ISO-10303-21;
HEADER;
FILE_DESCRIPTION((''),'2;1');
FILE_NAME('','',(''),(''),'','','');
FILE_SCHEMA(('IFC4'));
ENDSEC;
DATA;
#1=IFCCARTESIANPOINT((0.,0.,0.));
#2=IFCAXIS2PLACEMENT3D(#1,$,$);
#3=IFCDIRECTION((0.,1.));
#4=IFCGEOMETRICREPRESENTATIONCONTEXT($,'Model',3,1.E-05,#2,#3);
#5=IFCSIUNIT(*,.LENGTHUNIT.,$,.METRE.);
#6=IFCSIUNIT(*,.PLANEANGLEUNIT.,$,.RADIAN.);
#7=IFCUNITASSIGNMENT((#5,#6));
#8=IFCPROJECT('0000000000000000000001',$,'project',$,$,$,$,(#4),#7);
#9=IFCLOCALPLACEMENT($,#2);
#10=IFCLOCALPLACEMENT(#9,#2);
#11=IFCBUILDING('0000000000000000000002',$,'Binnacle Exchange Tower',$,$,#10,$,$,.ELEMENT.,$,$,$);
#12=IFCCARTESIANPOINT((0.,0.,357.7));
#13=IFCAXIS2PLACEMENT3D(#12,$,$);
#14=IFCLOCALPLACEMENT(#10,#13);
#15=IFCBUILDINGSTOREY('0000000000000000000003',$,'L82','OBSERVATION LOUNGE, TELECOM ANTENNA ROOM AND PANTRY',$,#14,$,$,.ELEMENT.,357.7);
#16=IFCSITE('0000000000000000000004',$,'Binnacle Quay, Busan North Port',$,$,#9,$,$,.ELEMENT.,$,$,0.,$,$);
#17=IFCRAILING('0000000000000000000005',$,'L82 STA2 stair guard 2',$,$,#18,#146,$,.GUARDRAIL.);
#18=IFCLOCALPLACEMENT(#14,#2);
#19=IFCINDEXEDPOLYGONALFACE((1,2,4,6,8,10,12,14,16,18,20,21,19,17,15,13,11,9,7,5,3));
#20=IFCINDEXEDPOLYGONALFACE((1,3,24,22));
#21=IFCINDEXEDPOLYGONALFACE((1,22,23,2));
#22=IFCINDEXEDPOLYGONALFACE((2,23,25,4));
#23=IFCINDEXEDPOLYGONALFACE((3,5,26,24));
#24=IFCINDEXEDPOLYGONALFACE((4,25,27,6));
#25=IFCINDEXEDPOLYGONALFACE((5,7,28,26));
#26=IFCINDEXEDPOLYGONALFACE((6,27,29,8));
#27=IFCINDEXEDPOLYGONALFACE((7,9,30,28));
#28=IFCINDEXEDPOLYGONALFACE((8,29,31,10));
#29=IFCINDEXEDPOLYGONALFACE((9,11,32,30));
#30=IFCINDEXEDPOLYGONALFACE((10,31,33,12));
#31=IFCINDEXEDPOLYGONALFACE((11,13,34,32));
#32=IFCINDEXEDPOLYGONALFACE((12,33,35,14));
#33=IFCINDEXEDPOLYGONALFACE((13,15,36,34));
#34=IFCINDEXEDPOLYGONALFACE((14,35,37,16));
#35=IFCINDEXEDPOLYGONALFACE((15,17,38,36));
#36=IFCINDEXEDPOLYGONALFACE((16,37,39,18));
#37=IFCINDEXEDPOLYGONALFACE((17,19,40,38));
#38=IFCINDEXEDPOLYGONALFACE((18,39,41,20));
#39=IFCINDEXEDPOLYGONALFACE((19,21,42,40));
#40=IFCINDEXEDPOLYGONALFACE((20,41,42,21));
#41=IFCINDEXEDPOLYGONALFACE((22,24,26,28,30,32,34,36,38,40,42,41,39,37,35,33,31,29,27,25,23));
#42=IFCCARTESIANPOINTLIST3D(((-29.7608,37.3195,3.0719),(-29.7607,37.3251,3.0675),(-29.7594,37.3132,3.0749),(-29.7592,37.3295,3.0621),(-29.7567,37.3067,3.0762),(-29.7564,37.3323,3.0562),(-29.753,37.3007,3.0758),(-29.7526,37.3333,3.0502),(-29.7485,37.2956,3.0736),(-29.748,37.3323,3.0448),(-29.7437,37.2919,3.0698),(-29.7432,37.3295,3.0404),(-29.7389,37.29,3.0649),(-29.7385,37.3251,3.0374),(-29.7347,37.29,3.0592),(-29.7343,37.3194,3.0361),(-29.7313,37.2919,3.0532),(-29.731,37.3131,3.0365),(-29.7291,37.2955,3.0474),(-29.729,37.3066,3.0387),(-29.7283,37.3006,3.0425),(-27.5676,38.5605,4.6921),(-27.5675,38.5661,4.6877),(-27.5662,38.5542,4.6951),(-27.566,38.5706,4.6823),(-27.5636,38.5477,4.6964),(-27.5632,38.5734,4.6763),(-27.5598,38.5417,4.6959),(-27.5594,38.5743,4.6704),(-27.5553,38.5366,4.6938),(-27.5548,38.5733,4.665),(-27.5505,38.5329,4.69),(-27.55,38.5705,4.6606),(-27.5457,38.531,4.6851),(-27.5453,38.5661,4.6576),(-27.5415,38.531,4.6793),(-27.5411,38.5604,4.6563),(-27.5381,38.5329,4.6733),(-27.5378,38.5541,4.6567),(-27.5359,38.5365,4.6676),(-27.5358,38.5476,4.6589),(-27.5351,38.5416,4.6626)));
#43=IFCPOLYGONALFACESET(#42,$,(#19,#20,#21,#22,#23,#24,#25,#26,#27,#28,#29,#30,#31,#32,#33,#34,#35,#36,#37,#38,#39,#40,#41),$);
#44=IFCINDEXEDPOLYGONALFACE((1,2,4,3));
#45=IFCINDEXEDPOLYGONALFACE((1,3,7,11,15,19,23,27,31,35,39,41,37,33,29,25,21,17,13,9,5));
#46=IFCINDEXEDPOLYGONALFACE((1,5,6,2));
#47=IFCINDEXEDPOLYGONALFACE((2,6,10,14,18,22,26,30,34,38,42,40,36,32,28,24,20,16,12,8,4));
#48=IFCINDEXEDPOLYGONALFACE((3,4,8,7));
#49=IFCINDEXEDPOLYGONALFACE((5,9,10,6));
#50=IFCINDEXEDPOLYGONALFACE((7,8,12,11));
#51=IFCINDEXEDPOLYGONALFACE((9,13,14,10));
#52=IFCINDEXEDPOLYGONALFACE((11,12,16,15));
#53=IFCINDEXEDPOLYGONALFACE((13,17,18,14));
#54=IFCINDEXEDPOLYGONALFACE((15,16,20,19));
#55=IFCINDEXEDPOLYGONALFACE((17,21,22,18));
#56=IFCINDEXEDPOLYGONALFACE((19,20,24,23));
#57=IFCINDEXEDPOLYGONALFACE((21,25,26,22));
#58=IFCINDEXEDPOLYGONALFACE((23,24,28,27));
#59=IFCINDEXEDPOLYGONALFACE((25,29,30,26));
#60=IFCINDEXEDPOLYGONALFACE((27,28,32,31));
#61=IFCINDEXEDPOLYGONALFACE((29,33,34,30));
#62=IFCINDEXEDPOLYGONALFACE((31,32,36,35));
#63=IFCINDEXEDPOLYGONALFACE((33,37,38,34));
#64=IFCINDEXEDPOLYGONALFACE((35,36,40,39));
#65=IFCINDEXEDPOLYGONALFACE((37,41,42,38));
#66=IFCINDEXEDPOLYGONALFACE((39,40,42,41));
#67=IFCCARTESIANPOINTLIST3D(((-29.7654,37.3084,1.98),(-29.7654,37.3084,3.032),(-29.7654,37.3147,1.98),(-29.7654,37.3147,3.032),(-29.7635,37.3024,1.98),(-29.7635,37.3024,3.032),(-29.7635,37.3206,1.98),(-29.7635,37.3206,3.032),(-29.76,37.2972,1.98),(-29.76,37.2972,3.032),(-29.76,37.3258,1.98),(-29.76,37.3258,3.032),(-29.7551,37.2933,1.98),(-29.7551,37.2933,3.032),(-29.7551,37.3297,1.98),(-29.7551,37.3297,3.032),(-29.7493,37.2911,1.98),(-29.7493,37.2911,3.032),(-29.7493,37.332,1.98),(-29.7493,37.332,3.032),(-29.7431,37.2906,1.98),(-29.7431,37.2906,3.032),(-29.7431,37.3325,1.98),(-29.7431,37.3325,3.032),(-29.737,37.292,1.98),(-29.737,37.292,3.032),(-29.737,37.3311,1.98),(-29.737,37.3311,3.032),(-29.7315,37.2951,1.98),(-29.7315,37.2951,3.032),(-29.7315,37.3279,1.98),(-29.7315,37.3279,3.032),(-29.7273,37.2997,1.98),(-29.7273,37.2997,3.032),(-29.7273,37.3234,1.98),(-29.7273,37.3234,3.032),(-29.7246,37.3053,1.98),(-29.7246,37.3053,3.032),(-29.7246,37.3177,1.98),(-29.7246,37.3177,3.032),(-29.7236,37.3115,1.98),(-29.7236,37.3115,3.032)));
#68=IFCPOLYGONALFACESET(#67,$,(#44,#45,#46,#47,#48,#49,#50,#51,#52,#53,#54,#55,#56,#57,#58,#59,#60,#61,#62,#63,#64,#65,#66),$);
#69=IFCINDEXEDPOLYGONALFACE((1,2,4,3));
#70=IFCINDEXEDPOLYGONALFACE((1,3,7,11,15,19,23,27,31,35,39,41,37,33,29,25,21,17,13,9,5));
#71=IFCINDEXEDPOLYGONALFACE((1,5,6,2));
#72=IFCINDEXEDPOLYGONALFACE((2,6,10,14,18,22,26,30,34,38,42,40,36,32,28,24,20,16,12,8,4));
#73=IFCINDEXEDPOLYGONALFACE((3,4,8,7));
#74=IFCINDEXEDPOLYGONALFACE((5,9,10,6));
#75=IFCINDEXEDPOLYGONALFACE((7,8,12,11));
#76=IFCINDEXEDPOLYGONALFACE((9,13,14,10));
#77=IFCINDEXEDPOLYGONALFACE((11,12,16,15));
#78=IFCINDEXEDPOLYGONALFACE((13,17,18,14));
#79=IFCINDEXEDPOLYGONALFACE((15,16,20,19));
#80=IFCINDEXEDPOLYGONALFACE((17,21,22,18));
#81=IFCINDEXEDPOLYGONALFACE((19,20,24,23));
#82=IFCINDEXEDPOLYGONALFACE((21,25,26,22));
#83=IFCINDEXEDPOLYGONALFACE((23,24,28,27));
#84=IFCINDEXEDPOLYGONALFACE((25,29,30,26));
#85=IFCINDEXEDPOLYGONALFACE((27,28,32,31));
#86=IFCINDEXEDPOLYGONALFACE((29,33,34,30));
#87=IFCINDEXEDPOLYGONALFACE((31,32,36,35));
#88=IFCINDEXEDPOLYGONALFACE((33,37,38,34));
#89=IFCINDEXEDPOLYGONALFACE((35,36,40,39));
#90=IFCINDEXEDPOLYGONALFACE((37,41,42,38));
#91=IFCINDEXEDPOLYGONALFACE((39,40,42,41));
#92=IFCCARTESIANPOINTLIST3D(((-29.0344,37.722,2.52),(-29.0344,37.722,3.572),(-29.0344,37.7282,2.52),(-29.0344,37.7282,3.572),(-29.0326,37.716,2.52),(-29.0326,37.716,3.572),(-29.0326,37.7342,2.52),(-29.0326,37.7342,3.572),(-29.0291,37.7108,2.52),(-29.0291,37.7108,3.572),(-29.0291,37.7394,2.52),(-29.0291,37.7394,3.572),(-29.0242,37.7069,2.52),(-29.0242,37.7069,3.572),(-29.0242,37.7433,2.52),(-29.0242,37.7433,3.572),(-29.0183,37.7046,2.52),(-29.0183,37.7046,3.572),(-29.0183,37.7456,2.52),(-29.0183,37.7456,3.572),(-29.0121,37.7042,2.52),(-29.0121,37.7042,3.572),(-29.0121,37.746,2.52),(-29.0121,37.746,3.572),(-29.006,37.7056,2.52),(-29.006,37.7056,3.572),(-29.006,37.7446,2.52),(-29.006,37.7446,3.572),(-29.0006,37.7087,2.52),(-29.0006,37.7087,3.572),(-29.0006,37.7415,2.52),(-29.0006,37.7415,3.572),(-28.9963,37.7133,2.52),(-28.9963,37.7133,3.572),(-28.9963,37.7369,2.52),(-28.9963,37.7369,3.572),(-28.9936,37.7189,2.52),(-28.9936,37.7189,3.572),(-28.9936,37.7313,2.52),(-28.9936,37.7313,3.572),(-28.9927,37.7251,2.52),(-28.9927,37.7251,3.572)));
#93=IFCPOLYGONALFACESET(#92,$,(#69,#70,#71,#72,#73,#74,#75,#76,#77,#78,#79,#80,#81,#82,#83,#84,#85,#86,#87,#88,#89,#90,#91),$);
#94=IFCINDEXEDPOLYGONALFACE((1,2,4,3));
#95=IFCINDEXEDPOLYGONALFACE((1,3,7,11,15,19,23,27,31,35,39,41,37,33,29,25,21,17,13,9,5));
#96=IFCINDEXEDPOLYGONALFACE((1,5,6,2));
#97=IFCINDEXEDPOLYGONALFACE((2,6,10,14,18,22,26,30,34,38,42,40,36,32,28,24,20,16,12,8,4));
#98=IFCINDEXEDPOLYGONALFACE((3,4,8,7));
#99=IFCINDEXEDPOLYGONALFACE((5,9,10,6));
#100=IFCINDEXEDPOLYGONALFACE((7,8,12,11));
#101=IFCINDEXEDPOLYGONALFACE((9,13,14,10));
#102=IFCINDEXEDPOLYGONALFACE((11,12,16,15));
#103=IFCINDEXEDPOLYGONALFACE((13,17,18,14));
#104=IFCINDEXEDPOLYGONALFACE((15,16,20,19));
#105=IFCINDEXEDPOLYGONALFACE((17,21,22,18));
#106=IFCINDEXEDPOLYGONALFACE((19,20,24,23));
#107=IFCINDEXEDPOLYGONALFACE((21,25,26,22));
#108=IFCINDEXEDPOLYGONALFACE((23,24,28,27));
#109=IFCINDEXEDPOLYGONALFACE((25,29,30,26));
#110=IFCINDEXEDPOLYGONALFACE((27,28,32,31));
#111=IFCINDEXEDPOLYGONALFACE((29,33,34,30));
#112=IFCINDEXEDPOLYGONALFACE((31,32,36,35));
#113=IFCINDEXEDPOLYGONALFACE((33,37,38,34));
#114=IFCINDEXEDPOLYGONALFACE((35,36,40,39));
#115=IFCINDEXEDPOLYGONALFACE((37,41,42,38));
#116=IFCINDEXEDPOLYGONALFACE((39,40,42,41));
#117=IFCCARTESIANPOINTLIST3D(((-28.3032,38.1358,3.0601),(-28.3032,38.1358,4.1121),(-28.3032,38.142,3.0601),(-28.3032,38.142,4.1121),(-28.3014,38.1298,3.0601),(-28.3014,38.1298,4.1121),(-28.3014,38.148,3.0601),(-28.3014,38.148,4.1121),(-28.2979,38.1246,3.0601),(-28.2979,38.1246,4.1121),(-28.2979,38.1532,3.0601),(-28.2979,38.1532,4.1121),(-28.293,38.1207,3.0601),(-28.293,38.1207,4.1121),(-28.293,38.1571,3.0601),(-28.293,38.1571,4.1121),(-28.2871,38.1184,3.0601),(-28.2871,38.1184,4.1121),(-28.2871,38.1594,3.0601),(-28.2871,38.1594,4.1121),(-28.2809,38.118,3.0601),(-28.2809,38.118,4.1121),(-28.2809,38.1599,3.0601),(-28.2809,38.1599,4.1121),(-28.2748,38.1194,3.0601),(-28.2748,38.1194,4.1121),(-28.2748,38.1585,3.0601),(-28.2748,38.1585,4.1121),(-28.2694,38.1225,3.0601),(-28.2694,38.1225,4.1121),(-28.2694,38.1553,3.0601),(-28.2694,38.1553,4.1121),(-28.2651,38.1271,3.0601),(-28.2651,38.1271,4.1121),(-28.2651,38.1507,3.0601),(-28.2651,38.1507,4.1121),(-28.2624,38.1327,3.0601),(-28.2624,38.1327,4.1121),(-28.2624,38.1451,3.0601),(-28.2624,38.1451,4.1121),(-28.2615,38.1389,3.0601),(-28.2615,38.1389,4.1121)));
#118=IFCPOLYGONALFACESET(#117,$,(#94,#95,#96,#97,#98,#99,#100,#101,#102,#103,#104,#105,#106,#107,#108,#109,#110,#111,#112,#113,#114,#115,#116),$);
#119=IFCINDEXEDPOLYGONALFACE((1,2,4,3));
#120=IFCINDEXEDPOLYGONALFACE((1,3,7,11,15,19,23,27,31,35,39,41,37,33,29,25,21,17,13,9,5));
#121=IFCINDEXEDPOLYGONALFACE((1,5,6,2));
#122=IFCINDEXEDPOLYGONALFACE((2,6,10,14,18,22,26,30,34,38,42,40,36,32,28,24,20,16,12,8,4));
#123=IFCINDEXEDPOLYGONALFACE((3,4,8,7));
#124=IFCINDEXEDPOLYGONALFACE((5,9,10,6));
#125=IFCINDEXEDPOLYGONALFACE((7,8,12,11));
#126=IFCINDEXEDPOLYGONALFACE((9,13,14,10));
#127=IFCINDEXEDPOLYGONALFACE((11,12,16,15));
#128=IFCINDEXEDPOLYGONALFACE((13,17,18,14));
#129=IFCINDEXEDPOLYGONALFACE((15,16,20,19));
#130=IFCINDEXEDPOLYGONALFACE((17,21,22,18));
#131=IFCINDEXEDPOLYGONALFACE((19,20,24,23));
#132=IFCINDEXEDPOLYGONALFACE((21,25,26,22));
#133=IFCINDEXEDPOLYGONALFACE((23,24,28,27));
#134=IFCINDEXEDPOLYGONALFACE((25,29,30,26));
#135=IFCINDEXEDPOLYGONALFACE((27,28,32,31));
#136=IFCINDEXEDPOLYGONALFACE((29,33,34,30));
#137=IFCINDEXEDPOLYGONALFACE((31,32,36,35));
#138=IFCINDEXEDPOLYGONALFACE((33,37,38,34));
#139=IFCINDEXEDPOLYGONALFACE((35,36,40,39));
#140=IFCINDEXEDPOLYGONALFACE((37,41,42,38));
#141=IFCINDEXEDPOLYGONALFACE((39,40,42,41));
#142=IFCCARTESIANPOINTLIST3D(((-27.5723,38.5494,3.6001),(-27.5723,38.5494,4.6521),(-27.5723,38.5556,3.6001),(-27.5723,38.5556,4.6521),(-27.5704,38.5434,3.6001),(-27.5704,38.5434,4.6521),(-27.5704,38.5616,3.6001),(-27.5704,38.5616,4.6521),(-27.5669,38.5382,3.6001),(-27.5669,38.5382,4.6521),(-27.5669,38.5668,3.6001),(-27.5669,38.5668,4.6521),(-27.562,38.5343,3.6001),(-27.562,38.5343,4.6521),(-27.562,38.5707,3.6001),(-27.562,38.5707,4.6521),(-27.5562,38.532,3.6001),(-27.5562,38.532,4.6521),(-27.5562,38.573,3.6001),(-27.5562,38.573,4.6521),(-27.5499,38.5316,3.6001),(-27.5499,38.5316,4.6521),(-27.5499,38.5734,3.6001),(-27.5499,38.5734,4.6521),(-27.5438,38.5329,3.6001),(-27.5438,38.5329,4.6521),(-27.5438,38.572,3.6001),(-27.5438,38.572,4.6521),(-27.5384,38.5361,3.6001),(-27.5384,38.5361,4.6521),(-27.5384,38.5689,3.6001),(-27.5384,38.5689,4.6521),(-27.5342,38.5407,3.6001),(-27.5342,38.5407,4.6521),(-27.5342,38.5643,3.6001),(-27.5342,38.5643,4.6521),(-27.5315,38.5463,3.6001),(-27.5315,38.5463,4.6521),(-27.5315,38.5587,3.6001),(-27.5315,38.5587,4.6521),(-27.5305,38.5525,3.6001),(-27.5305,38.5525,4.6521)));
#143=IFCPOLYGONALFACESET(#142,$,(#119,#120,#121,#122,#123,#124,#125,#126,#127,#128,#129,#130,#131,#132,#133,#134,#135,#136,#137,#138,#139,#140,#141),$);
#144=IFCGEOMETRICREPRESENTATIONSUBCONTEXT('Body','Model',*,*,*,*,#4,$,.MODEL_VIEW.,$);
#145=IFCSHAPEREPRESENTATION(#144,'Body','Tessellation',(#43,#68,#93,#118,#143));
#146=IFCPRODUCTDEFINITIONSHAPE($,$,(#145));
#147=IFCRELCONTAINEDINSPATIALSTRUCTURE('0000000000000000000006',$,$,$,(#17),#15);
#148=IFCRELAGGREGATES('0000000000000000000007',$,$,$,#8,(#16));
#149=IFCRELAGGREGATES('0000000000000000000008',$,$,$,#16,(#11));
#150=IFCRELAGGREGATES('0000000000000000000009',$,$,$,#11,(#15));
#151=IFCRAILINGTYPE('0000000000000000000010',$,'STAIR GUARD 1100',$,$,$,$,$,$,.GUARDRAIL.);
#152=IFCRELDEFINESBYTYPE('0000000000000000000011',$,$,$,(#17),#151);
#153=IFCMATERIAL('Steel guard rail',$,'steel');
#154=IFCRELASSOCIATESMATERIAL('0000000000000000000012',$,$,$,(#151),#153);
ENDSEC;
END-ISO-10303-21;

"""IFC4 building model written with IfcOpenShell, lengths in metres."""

from ifc_helpers import new_model, si_unit, direction, frame, origin, origin_2d, place, context, subcontext, project, spatial, circle, extrude, material, type_object, element, save


model = new_model("IFC4")

# Units and contexts
model_context = context("Model", 3, precision=1e-05, world=origin(), true_north=direction((0.0, 1.0)))
body_context = subcontext(model_context, "Body", "Model", "MODEL_VIEW")
ifc_project = project(units=[si_unit("LENGTHUNIT", "METRE"), si_unit("PLANEANGLEUNIT", "RADIAN")], contexts=[model_context])

# Site, building, storey
site_placement = place(None, origin())
site = spatial("IfcSite", under=ifc_project, at=site_placement, Name="Binnacle Quay, Busan North Port", CompositionType="ELEMENT", RefElevation=0.0)
building_placement = place(site_placement, origin())
building = spatial("IfcBuilding", under=site, at=building_placement, Name="Binnacle Exchange Tower", CompositionType="ELEMENT")
storey_placement = place(building_placement, frame((0.0, 0.0, 357.7)))
storey = spatial("IfcBuildingStorey", under=building, at=storey_placement, Name="L82", Description="OBSERVATION LOUNGE, TELECOM ANTENNA ROOM AND PANTRY", CompositionType="ELEMENT", Elevation=357.7)

# Railing
ifc_material_1 = material(Name="Steel guard rail", Category="steel")
railing_type_1 = type_object("IfcRailingType", Name="STAIR GUARD 1100", PredefinedType="GUARDRAIL", material=ifc_material_1)
railing_1_placement = place(storey_placement, frame((-29.7446, 37.3115, 1.98)))
element("IfcRailing", 1, at=railing_1_placement, inside=storey, type_object=railing_type_1, Name="L82 STA2 stair guard 2", PredefinedType="GUARDRAIL", context=body_context, shape_type="SweptSolid", body=[
    extrude(circle(Radius=0.0239, at=origin_2d()), frame((0.0, 0.0, 1.0762), z_axis=(0.732075, 0.414242, 0.540805), x_axis=(-0.492472, 0.870328, 0.0)), (0.0, 0.0, 1.0), 2.9958),
    extrude(circle(Radius=0.021, at=origin_2d()), origin(), (0.0, 0.0, 1.0), 1.052),
    extrude(circle(Radius=0.021, at=origin_2d()), frame((0.731, 0.4136, 0.54)), (0.0, 0.0, 1.0), 1.052),
    extrude(circle(Radius=0.021, at=origin_2d()), frame((1.4622, 0.8274, 1.0801)), (0.0, 0.0, 1.0), 1.052),
    extrude(circle(Radius=0.021, at=origin_2d()), frame((2.1931, 1.241, 1.6201)), (0.0, 0.0, 1.0), 1.052),
])

save(model, "model.ifc")
